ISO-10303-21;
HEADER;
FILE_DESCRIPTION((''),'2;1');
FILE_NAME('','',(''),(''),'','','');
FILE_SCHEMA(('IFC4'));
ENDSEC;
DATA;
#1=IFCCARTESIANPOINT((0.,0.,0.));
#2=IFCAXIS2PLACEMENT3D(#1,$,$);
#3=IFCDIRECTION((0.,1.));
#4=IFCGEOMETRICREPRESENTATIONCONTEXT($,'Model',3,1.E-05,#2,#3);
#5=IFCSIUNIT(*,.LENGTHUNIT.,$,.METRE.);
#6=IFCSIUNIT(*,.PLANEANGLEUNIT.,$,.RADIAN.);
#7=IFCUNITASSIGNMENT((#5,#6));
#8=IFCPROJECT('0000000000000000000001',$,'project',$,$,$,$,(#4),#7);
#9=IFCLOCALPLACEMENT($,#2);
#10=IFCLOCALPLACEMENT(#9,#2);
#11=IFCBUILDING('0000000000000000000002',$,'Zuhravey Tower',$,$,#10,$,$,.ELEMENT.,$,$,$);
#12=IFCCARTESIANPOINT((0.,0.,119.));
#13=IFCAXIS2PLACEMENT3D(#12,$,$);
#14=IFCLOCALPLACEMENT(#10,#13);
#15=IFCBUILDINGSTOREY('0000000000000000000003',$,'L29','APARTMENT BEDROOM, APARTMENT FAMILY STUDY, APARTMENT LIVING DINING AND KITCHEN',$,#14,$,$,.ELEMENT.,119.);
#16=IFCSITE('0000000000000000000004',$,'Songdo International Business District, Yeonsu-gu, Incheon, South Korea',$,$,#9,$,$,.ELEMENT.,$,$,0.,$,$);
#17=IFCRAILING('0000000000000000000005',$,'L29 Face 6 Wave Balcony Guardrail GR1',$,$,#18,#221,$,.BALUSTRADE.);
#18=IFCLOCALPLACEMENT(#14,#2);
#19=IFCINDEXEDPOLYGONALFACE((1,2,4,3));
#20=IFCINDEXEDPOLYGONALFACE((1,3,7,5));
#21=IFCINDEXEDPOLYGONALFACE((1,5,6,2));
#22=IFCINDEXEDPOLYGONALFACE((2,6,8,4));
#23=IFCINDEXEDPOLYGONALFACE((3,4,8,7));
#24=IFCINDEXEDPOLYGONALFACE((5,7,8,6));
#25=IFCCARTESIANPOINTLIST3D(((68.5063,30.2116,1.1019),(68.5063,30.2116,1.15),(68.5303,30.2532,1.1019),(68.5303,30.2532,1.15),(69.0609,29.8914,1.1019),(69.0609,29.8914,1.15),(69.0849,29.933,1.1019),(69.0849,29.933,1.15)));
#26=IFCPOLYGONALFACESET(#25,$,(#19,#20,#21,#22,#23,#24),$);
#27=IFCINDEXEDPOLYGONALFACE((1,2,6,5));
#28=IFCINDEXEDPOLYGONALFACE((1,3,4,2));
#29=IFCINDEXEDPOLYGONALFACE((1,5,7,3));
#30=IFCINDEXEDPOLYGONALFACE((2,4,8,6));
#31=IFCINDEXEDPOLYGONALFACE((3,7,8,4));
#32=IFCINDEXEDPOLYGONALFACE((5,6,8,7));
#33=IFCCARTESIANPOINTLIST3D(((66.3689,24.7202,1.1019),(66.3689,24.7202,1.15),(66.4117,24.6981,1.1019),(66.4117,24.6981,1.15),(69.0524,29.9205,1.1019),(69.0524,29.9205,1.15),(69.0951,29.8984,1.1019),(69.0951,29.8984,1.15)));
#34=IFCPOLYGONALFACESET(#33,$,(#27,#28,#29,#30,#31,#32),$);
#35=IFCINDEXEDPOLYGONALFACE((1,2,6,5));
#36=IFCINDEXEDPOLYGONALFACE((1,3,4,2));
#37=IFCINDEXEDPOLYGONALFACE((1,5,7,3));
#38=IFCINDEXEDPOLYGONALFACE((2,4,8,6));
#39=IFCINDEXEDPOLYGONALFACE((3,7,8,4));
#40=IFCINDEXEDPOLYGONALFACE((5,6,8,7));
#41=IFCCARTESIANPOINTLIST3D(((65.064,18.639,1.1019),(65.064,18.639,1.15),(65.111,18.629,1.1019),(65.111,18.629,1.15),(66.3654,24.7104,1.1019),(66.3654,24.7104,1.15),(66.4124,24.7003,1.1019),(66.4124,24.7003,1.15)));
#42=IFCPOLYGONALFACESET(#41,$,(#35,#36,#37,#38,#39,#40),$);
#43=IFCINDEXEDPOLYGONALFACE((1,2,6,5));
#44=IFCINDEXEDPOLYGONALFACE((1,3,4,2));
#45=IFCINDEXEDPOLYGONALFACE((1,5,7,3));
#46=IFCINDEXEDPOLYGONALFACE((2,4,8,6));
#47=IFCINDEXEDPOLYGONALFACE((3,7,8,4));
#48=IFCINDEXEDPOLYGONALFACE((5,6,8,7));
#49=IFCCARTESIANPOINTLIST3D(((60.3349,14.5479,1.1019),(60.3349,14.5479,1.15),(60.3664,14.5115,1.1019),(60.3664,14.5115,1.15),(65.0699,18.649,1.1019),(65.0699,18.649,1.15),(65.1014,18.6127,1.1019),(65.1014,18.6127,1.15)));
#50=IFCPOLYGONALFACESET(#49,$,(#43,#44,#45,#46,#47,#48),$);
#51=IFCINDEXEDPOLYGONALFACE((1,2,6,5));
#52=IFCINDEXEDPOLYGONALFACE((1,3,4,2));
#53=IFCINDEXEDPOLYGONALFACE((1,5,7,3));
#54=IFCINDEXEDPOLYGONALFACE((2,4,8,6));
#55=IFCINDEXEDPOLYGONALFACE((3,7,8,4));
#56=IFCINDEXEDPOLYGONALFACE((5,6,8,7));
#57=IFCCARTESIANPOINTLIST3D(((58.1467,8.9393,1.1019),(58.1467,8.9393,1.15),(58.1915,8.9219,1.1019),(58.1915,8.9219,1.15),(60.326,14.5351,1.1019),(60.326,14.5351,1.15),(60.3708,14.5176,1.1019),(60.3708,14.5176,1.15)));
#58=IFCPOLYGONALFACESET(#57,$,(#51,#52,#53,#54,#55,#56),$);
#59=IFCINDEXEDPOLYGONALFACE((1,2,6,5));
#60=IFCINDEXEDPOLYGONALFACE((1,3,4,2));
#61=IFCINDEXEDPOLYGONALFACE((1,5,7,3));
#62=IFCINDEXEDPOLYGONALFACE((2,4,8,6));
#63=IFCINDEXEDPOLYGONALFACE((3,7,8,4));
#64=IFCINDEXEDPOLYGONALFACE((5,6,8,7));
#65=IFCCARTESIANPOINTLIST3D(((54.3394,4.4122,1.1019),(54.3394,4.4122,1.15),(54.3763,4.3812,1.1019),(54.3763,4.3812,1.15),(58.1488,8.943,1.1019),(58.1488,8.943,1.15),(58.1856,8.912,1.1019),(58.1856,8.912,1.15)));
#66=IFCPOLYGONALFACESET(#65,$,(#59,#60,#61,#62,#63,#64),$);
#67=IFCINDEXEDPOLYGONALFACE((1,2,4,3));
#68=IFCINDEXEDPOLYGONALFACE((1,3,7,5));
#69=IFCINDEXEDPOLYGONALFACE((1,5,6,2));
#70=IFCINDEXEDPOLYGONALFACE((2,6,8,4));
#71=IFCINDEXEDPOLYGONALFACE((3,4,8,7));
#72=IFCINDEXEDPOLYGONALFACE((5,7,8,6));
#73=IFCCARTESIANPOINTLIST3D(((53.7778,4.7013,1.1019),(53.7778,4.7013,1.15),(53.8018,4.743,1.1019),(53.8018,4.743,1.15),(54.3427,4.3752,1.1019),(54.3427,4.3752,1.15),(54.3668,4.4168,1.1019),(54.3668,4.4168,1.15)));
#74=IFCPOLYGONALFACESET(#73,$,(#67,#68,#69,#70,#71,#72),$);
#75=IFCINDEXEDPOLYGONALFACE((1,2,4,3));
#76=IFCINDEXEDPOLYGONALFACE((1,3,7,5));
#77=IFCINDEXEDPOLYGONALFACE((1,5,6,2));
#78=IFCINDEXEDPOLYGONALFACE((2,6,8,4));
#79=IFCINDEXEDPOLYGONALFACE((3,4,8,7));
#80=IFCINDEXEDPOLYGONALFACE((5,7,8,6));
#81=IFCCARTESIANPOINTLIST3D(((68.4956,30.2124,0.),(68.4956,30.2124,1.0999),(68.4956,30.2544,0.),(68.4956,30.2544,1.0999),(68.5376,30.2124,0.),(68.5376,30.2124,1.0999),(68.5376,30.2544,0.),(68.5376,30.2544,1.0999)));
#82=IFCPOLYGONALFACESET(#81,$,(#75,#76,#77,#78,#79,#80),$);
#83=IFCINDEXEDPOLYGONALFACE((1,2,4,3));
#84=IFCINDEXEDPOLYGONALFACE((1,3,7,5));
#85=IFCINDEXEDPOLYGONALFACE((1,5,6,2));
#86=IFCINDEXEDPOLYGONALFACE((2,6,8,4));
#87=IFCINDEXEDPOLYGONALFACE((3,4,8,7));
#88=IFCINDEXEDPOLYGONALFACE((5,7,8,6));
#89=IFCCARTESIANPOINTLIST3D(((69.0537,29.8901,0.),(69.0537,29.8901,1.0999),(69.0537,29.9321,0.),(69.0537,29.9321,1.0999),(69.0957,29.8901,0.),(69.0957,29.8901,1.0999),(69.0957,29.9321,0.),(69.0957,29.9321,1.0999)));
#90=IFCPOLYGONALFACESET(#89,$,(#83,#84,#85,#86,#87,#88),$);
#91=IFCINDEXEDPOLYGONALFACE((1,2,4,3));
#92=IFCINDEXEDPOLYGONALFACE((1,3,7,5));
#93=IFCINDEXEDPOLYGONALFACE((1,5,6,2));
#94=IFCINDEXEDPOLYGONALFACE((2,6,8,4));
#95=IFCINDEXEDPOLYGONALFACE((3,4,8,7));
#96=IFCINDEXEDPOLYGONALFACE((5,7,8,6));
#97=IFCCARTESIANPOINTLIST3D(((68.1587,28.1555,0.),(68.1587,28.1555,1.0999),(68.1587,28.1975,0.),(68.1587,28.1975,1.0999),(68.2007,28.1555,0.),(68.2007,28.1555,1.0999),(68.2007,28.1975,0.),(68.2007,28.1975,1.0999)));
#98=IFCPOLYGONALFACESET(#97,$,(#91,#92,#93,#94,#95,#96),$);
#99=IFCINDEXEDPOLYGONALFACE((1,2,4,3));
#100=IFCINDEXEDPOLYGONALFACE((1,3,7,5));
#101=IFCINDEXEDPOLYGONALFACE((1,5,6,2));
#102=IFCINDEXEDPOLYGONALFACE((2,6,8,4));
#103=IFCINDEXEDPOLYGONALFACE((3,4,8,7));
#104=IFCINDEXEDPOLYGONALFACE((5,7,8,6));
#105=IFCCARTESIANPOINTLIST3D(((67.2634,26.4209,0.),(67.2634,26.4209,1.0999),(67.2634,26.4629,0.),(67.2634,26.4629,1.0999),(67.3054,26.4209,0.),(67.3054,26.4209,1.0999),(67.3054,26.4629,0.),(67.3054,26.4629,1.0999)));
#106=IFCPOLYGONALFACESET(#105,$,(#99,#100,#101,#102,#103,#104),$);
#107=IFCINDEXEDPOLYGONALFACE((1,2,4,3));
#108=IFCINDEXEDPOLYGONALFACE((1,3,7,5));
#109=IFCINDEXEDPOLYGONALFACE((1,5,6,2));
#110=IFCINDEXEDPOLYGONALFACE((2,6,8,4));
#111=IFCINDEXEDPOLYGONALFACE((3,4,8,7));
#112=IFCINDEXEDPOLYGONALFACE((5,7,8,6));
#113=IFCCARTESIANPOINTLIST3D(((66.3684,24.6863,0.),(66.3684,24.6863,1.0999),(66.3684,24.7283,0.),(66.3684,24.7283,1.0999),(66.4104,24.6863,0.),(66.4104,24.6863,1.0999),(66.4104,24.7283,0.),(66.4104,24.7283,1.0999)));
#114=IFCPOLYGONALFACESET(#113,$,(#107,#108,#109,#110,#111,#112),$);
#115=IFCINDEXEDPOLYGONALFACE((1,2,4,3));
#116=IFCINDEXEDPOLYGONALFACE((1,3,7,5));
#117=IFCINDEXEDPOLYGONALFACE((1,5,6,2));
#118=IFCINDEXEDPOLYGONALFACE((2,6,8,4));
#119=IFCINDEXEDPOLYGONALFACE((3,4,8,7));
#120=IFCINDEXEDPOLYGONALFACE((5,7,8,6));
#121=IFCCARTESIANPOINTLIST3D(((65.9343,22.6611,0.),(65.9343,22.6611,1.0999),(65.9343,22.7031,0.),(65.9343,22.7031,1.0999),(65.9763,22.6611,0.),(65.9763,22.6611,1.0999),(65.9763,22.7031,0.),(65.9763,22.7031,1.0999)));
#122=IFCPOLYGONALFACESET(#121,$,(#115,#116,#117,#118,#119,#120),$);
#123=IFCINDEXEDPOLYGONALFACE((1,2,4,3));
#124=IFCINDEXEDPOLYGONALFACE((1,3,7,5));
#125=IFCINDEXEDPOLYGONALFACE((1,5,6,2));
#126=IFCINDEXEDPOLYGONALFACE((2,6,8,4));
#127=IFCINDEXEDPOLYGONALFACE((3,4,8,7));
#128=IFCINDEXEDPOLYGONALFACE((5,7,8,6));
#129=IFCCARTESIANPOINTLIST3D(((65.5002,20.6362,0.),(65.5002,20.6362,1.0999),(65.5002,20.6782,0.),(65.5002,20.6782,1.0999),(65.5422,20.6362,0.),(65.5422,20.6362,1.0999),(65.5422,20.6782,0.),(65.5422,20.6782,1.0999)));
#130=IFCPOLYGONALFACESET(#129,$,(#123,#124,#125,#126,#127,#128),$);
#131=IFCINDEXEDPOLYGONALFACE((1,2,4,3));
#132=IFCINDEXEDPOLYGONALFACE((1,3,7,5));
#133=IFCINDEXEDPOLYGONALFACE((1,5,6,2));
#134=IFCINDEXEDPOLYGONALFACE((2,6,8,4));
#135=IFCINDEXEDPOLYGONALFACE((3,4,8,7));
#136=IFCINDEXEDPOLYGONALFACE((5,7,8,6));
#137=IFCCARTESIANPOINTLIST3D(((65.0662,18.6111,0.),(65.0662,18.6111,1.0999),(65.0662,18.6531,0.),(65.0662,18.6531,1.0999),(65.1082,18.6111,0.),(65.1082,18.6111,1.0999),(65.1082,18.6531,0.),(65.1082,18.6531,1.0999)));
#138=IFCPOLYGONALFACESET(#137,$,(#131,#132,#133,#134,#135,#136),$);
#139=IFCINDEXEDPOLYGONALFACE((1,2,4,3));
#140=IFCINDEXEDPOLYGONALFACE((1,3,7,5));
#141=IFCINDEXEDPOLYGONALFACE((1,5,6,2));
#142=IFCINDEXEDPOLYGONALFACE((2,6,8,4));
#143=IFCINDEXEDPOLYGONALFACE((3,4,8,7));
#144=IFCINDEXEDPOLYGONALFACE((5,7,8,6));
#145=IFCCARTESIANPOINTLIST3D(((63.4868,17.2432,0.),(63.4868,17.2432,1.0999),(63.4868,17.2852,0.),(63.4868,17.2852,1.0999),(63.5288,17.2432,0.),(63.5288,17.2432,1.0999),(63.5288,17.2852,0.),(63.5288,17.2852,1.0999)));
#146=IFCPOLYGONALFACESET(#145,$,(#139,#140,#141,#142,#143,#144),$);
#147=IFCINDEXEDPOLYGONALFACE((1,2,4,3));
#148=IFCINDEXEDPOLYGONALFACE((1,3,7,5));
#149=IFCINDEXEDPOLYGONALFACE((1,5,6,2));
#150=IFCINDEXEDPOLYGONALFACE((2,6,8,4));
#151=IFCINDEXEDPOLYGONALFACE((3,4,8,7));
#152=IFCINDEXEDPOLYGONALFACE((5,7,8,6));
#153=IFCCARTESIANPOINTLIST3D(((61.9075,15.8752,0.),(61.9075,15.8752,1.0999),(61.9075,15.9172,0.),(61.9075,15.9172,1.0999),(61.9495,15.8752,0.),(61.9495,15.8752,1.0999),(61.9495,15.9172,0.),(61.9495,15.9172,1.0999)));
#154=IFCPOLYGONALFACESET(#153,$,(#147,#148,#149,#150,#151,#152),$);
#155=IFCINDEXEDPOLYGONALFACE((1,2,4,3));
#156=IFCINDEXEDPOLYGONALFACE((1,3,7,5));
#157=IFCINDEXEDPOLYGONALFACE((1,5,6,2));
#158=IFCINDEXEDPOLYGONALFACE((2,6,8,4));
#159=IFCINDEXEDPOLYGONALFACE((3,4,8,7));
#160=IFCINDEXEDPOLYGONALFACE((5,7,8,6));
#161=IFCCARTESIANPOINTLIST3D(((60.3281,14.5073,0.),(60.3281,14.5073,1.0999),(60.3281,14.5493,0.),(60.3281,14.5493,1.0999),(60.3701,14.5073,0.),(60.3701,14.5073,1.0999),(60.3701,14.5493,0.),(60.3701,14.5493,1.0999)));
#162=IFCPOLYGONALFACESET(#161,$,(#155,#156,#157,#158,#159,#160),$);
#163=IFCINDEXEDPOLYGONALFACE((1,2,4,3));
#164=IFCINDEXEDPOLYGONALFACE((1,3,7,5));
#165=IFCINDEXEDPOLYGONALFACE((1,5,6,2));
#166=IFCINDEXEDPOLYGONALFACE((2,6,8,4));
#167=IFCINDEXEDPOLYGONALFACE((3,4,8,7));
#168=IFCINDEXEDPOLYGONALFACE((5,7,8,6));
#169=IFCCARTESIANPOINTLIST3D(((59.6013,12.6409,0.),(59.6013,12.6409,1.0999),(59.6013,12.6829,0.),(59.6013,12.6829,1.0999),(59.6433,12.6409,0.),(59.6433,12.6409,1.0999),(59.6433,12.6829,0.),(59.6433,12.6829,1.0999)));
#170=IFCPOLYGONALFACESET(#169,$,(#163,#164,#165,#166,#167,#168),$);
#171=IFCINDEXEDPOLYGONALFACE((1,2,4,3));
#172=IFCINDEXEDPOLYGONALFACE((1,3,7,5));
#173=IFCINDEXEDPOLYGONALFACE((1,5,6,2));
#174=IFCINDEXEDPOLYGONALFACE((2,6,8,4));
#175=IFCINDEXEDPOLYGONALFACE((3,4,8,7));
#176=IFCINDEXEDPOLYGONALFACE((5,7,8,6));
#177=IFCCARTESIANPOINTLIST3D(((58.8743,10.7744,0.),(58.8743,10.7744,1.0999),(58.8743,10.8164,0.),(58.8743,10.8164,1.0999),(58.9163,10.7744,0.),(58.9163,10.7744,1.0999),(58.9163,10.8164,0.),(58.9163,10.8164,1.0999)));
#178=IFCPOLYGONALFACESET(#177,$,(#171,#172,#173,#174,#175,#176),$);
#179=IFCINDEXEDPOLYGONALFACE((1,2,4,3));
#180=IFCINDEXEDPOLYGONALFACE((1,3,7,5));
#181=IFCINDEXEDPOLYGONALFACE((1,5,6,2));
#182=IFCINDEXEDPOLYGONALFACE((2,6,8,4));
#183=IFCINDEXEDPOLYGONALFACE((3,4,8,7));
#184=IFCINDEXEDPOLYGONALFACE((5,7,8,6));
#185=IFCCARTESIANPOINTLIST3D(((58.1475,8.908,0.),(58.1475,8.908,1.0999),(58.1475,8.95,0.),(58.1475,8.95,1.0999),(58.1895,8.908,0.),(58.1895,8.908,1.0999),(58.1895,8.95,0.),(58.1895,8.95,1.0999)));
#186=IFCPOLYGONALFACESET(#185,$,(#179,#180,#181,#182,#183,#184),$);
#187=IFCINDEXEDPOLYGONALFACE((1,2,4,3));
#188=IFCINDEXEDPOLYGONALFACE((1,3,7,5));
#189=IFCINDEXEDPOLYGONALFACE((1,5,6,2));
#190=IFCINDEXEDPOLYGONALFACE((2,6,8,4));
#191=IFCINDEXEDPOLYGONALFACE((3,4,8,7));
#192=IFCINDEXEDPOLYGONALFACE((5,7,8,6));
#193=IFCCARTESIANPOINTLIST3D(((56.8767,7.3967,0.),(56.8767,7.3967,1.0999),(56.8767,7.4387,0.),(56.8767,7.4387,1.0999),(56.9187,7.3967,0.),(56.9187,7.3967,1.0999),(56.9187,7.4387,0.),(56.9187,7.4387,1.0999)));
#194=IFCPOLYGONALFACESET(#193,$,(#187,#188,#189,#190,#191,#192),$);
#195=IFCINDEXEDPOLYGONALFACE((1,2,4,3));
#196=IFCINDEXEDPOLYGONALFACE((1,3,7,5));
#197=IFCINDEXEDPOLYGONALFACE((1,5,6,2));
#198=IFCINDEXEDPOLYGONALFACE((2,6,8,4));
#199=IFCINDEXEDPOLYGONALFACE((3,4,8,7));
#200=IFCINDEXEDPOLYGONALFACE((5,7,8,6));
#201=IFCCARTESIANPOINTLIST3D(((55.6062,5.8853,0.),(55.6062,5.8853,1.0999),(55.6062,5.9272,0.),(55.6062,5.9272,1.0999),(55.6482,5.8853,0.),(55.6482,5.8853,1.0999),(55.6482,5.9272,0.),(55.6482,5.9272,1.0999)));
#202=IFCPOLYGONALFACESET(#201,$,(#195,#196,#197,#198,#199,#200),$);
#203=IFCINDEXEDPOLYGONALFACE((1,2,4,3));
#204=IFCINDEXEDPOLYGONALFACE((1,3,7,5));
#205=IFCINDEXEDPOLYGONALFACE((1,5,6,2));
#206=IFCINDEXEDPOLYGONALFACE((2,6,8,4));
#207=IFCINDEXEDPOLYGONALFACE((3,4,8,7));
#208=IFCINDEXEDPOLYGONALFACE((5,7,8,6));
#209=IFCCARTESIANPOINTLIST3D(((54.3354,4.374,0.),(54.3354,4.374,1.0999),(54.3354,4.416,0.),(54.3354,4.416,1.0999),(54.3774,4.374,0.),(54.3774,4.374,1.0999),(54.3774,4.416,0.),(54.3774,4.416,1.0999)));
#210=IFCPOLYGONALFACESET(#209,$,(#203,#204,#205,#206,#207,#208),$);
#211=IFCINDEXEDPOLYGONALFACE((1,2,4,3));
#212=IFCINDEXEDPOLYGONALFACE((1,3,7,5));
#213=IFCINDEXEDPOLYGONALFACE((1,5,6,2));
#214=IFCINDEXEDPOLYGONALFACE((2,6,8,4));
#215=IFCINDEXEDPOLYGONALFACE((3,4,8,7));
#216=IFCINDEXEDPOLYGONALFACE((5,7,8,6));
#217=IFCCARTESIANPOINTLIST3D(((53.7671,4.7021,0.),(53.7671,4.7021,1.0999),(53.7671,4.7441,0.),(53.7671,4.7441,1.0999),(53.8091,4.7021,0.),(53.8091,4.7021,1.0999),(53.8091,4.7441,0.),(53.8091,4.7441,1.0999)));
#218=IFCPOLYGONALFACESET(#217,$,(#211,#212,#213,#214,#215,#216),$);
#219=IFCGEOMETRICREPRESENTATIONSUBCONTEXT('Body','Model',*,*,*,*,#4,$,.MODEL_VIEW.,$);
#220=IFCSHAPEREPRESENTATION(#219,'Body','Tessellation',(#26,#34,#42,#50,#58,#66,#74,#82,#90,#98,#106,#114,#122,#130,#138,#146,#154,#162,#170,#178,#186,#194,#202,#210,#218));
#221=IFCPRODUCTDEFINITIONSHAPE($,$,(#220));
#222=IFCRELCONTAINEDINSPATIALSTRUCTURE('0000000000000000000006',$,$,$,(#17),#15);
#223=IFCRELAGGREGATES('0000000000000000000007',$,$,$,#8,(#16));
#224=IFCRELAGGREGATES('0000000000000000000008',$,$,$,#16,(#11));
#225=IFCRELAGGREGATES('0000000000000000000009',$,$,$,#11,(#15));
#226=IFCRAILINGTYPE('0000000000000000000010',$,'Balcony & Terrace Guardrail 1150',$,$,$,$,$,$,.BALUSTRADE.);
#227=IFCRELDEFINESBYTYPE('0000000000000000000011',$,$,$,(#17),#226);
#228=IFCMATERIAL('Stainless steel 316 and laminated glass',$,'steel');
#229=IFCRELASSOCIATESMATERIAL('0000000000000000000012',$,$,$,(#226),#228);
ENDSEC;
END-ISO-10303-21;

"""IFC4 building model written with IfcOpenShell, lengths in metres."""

from ifc_helpers import new_model, si_unit, direction, frame, origin, origin_2d, place, context, subcontext, project, spatial, rectangle, extrude, material, type_object, element, save


model = new_model("IFC4")

# Units and contexts
model_context = context("Model", 3, precision=1e-05, world=origin(), true_north=direction((0.0, 1.0)))
body_context = subcontext(model_context, "Body", "Model", "MODEL_VIEW")
ifc_project = project(units=[si_unit("LENGTHUNIT", "METRE"), si_unit("PLANEANGLEUNIT", "RADIAN")], contexts=[model_context])

# Site, building, storey
site_placement = place(None, origin())
site = spatial("IfcSite", under=ifc_project, at=site_placement, Name="Songdo International Business District, Yeonsu-gu, Incheon, South Korea", CompositionType="ELEMENT", RefElevation=0.0)
building_placement = place(site_placement, origin())
building = spatial("IfcBuilding", under=site, at=building_placement, Name="Zuhravey Tower", CompositionType="ELEMENT")
storey_placement = place(building_placement, frame((0.0, 0.0, 119.0)))
storey = spatial("IfcBuildingStorey", under=building, at=storey_placement, Name="L29", Description="APARTMENT BEDROOM, APARTMENT FAMILY STUDY, APARTMENT LIVING DINING AND KITCHEN", CompositionType="ELEMENT", Elevation=119.0)

# Railing
ifc_material_1 = material(Name="Stainless steel 316 and laminated glass", Category="steel")
railing_type = type_object("IfcRailingType", Name="Balcony & Terrace Guardrail 1150", PredefinedType="BALUSTRADE", material=ifc_material_1)
railing_placement = place(storey_placement, frame((68.5166, 30.2334, 0.0)))
element("IfcRailing", 1, at=railing_placement, inside=storey, type_object=railing_type, Name="L29 Face 6 Wave Balcony Guardrail GR1", PredefinedType="BALUSTRADE", context=body_context, shape_type="SweptSolid", body=[
    extrude(rectangle(XDim=0.0481, YDim=0.0481, at=origin_2d()), frame((0.0017, -0.001, 1.126), z_axis=(0.865996, -0.50005, 0.0), x_axis=(0.50005, 0.865996, 0.0)), (0.0, 0.0, 1.0), 0.6404),
    extrude(rectangle(XDim=0.0481, YDim=0.0481, at=origin_2d()), frame((0.5571, -0.324, 1.126), z_axis=(-0.458568, -0.88866, 0.0), x_axis=(0.88866, -0.458568, 0.0)), (0.0, 0.0, 1.0), 5.8518),
    extrude(rectangle(XDim=0.0481, YDim=0.0481, at=origin_2d()), frame((-2.1277, -5.5281, 1.126), z_axis=(-0.209593, -0.977789, 0.0), x_axis=(0.977789, -0.209593, 0.0)), (0.0, 0.0, 1.0), 6.2092),
    extrude(rectangle(XDim=0.0481, YDim=0.0481, at=origin_2d()), frame((-3.4309, -11.6025, 1.126), z_axis=(-0.75589, -0.654699, 0.0), x_axis=(0.654699, -0.75589, 0.0)), (0.0, 0.0, 1.0), 6.2642),
    extrude(rectangle(XDim=0.0481, YDim=0.0481, at=origin_2d()), frame((-8.1682, -15.707, 1.126), z_axis=(-0.362899, -0.931828, 0.0), x_axis=(0.931828, -0.362899, 0.0)), (0.0, 0.0, 1.0), 6.0051),
    extrude(rectangle(XDim=0.0481, YDim=0.0481, at=origin_2d()), frame((-10.3494, -21.3059, 1.126), z_axis=(-0.643539, -0.765413, 0.0), x_axis=(0.765413, -0.643539, 0.0)), (0.0, 0.0, 1.0), 5.9194),
    extrude(rectangle(XDim=0.0481, YDim=0.0481, at=origin_2d()), frame((-14.1619, -25.8374, 1.126), z_axis=(-0.866037, 0.49998, 0.0), x_axis=(-0.49998, -0.866037, 0.0)), (0.0, 0.0, 1.0), 0.6523),
    extrude(rectangle(XDim=0.042, YDim=0.042, at=origin_2d()), origin(), (0.0, 0.0, 1.0), 1.0999),
    extrude(rectangle(XDim=0.042, YDim=0.042, at=origin_2d()), frame((0.5581, -0.3223, 0.0)), (0.0, 0.0, 1.0), 1.0999),
    extrude(rectangle(XDim=0.042, YDim=0.042, at=origin_2d()), frame((-0.3369, -2.0569, 0.0)), (0.0, 0.0, 1.0), 1.0999),
    extrude(rectangle(XDim=0.042, YDim=0.042, at=origin_2d()), frame((-1.2322, -3.7915, 0.0)), (0.0, 0.0, 1.0), 1.0999),
    extrude(rectangle(XDim=0.042, YDim=0.042, at=origin_2d()), frame((-2.1272, -5.5261, 0.0)), (0.0, 0.0, 1.0), 1.0999),
    extrude(rectangle(XDim=0.042, YDim=0.042, at=origin_2d()), frame((-2.5613, -7.5513, 0.0)), (0.0, 0.0, 1.0), 1.0999),
    extrude(rectangle(XDim=0.042, YDim=0.042, at=origin_2d()), frame((-2.9954, -9.5762, 0.0)), (0.0, 0.0, 1.0), 1.0999),
    extrude(rectangle(XDim=0.042, YDim=0.042, at=origin_2d()), frame((-3.4294, -11.6013, 0.0)), (0.0, 0.0, 1.0), 1.0999),
    extrude(rectangle(XDim=0.042, YDim=0.042, at=origin_2d()), frame((-5.0088, -12.9692, 0.0)), (0.0, 0.0, 1.0), 1.0999),
    extrude(rectangle(XDim=0.042, YDim=0.042, at=origin_2d()), frame((-6.5881, -14.3372, 0.0)), (0.0, 0.0, 1.0), 1.0999),
    extrude(rectangle(XDim=0.042, YDim=0.042, at=origin_2d()), frame((-8.1675, -15.7051, 0.0)), (0.0, 0.0, 1.0), 1.0999),
    extrude(rectangle(XDim=0.042, YDim=0.042, at=origin_2d()), frame((-8.8943, -17.5715, 0.0)), (0.0, 0.0, 1.0), 1.0999),
    extrude(rectangle(XDim=0.042, YDim=0.042, at=origin_2d()), frame((-9.6213, -19.438, 0.0)), (0.0, 0.0, 1.0), 1.0999),
    extrude(rectangle(XDim=0.042, YDim=0.042, at=origin_2d()), frame((-10.3481, -21.3044, 0.0)), (0.0, 0.0, 1.0), 1.0999),
    extrude(rectangle(XDim=0.042, YDim=0.042, at=origin_2d()), frame((-11.6189, -22.8157, 0.0)), (0.0, 0.0, 1.0), 1.0999),
    extrude(rectangle(XDim=0.042, YDim=0.042, at=origin_2d()), frame((-12.8894, -24.3271, 0.0)), (0.0, 0.0, 1.0), 1.0999),
    extrude(rectangle(XDim=0.042, YDim=0.042, at=origin_2d()), frame((-14.1602, -25.8384, 0.0)), (0.0, 0.0, 1.0), 1.0999),
    extrude(rectangle(XDim=0.042, YDim=0.042, at=origin_2d()), frame((-14.7285, -25.5103, 0.0)), (0.0, 0.0, 1.0), 1.0999),
])

save(model, "model.ifc")
